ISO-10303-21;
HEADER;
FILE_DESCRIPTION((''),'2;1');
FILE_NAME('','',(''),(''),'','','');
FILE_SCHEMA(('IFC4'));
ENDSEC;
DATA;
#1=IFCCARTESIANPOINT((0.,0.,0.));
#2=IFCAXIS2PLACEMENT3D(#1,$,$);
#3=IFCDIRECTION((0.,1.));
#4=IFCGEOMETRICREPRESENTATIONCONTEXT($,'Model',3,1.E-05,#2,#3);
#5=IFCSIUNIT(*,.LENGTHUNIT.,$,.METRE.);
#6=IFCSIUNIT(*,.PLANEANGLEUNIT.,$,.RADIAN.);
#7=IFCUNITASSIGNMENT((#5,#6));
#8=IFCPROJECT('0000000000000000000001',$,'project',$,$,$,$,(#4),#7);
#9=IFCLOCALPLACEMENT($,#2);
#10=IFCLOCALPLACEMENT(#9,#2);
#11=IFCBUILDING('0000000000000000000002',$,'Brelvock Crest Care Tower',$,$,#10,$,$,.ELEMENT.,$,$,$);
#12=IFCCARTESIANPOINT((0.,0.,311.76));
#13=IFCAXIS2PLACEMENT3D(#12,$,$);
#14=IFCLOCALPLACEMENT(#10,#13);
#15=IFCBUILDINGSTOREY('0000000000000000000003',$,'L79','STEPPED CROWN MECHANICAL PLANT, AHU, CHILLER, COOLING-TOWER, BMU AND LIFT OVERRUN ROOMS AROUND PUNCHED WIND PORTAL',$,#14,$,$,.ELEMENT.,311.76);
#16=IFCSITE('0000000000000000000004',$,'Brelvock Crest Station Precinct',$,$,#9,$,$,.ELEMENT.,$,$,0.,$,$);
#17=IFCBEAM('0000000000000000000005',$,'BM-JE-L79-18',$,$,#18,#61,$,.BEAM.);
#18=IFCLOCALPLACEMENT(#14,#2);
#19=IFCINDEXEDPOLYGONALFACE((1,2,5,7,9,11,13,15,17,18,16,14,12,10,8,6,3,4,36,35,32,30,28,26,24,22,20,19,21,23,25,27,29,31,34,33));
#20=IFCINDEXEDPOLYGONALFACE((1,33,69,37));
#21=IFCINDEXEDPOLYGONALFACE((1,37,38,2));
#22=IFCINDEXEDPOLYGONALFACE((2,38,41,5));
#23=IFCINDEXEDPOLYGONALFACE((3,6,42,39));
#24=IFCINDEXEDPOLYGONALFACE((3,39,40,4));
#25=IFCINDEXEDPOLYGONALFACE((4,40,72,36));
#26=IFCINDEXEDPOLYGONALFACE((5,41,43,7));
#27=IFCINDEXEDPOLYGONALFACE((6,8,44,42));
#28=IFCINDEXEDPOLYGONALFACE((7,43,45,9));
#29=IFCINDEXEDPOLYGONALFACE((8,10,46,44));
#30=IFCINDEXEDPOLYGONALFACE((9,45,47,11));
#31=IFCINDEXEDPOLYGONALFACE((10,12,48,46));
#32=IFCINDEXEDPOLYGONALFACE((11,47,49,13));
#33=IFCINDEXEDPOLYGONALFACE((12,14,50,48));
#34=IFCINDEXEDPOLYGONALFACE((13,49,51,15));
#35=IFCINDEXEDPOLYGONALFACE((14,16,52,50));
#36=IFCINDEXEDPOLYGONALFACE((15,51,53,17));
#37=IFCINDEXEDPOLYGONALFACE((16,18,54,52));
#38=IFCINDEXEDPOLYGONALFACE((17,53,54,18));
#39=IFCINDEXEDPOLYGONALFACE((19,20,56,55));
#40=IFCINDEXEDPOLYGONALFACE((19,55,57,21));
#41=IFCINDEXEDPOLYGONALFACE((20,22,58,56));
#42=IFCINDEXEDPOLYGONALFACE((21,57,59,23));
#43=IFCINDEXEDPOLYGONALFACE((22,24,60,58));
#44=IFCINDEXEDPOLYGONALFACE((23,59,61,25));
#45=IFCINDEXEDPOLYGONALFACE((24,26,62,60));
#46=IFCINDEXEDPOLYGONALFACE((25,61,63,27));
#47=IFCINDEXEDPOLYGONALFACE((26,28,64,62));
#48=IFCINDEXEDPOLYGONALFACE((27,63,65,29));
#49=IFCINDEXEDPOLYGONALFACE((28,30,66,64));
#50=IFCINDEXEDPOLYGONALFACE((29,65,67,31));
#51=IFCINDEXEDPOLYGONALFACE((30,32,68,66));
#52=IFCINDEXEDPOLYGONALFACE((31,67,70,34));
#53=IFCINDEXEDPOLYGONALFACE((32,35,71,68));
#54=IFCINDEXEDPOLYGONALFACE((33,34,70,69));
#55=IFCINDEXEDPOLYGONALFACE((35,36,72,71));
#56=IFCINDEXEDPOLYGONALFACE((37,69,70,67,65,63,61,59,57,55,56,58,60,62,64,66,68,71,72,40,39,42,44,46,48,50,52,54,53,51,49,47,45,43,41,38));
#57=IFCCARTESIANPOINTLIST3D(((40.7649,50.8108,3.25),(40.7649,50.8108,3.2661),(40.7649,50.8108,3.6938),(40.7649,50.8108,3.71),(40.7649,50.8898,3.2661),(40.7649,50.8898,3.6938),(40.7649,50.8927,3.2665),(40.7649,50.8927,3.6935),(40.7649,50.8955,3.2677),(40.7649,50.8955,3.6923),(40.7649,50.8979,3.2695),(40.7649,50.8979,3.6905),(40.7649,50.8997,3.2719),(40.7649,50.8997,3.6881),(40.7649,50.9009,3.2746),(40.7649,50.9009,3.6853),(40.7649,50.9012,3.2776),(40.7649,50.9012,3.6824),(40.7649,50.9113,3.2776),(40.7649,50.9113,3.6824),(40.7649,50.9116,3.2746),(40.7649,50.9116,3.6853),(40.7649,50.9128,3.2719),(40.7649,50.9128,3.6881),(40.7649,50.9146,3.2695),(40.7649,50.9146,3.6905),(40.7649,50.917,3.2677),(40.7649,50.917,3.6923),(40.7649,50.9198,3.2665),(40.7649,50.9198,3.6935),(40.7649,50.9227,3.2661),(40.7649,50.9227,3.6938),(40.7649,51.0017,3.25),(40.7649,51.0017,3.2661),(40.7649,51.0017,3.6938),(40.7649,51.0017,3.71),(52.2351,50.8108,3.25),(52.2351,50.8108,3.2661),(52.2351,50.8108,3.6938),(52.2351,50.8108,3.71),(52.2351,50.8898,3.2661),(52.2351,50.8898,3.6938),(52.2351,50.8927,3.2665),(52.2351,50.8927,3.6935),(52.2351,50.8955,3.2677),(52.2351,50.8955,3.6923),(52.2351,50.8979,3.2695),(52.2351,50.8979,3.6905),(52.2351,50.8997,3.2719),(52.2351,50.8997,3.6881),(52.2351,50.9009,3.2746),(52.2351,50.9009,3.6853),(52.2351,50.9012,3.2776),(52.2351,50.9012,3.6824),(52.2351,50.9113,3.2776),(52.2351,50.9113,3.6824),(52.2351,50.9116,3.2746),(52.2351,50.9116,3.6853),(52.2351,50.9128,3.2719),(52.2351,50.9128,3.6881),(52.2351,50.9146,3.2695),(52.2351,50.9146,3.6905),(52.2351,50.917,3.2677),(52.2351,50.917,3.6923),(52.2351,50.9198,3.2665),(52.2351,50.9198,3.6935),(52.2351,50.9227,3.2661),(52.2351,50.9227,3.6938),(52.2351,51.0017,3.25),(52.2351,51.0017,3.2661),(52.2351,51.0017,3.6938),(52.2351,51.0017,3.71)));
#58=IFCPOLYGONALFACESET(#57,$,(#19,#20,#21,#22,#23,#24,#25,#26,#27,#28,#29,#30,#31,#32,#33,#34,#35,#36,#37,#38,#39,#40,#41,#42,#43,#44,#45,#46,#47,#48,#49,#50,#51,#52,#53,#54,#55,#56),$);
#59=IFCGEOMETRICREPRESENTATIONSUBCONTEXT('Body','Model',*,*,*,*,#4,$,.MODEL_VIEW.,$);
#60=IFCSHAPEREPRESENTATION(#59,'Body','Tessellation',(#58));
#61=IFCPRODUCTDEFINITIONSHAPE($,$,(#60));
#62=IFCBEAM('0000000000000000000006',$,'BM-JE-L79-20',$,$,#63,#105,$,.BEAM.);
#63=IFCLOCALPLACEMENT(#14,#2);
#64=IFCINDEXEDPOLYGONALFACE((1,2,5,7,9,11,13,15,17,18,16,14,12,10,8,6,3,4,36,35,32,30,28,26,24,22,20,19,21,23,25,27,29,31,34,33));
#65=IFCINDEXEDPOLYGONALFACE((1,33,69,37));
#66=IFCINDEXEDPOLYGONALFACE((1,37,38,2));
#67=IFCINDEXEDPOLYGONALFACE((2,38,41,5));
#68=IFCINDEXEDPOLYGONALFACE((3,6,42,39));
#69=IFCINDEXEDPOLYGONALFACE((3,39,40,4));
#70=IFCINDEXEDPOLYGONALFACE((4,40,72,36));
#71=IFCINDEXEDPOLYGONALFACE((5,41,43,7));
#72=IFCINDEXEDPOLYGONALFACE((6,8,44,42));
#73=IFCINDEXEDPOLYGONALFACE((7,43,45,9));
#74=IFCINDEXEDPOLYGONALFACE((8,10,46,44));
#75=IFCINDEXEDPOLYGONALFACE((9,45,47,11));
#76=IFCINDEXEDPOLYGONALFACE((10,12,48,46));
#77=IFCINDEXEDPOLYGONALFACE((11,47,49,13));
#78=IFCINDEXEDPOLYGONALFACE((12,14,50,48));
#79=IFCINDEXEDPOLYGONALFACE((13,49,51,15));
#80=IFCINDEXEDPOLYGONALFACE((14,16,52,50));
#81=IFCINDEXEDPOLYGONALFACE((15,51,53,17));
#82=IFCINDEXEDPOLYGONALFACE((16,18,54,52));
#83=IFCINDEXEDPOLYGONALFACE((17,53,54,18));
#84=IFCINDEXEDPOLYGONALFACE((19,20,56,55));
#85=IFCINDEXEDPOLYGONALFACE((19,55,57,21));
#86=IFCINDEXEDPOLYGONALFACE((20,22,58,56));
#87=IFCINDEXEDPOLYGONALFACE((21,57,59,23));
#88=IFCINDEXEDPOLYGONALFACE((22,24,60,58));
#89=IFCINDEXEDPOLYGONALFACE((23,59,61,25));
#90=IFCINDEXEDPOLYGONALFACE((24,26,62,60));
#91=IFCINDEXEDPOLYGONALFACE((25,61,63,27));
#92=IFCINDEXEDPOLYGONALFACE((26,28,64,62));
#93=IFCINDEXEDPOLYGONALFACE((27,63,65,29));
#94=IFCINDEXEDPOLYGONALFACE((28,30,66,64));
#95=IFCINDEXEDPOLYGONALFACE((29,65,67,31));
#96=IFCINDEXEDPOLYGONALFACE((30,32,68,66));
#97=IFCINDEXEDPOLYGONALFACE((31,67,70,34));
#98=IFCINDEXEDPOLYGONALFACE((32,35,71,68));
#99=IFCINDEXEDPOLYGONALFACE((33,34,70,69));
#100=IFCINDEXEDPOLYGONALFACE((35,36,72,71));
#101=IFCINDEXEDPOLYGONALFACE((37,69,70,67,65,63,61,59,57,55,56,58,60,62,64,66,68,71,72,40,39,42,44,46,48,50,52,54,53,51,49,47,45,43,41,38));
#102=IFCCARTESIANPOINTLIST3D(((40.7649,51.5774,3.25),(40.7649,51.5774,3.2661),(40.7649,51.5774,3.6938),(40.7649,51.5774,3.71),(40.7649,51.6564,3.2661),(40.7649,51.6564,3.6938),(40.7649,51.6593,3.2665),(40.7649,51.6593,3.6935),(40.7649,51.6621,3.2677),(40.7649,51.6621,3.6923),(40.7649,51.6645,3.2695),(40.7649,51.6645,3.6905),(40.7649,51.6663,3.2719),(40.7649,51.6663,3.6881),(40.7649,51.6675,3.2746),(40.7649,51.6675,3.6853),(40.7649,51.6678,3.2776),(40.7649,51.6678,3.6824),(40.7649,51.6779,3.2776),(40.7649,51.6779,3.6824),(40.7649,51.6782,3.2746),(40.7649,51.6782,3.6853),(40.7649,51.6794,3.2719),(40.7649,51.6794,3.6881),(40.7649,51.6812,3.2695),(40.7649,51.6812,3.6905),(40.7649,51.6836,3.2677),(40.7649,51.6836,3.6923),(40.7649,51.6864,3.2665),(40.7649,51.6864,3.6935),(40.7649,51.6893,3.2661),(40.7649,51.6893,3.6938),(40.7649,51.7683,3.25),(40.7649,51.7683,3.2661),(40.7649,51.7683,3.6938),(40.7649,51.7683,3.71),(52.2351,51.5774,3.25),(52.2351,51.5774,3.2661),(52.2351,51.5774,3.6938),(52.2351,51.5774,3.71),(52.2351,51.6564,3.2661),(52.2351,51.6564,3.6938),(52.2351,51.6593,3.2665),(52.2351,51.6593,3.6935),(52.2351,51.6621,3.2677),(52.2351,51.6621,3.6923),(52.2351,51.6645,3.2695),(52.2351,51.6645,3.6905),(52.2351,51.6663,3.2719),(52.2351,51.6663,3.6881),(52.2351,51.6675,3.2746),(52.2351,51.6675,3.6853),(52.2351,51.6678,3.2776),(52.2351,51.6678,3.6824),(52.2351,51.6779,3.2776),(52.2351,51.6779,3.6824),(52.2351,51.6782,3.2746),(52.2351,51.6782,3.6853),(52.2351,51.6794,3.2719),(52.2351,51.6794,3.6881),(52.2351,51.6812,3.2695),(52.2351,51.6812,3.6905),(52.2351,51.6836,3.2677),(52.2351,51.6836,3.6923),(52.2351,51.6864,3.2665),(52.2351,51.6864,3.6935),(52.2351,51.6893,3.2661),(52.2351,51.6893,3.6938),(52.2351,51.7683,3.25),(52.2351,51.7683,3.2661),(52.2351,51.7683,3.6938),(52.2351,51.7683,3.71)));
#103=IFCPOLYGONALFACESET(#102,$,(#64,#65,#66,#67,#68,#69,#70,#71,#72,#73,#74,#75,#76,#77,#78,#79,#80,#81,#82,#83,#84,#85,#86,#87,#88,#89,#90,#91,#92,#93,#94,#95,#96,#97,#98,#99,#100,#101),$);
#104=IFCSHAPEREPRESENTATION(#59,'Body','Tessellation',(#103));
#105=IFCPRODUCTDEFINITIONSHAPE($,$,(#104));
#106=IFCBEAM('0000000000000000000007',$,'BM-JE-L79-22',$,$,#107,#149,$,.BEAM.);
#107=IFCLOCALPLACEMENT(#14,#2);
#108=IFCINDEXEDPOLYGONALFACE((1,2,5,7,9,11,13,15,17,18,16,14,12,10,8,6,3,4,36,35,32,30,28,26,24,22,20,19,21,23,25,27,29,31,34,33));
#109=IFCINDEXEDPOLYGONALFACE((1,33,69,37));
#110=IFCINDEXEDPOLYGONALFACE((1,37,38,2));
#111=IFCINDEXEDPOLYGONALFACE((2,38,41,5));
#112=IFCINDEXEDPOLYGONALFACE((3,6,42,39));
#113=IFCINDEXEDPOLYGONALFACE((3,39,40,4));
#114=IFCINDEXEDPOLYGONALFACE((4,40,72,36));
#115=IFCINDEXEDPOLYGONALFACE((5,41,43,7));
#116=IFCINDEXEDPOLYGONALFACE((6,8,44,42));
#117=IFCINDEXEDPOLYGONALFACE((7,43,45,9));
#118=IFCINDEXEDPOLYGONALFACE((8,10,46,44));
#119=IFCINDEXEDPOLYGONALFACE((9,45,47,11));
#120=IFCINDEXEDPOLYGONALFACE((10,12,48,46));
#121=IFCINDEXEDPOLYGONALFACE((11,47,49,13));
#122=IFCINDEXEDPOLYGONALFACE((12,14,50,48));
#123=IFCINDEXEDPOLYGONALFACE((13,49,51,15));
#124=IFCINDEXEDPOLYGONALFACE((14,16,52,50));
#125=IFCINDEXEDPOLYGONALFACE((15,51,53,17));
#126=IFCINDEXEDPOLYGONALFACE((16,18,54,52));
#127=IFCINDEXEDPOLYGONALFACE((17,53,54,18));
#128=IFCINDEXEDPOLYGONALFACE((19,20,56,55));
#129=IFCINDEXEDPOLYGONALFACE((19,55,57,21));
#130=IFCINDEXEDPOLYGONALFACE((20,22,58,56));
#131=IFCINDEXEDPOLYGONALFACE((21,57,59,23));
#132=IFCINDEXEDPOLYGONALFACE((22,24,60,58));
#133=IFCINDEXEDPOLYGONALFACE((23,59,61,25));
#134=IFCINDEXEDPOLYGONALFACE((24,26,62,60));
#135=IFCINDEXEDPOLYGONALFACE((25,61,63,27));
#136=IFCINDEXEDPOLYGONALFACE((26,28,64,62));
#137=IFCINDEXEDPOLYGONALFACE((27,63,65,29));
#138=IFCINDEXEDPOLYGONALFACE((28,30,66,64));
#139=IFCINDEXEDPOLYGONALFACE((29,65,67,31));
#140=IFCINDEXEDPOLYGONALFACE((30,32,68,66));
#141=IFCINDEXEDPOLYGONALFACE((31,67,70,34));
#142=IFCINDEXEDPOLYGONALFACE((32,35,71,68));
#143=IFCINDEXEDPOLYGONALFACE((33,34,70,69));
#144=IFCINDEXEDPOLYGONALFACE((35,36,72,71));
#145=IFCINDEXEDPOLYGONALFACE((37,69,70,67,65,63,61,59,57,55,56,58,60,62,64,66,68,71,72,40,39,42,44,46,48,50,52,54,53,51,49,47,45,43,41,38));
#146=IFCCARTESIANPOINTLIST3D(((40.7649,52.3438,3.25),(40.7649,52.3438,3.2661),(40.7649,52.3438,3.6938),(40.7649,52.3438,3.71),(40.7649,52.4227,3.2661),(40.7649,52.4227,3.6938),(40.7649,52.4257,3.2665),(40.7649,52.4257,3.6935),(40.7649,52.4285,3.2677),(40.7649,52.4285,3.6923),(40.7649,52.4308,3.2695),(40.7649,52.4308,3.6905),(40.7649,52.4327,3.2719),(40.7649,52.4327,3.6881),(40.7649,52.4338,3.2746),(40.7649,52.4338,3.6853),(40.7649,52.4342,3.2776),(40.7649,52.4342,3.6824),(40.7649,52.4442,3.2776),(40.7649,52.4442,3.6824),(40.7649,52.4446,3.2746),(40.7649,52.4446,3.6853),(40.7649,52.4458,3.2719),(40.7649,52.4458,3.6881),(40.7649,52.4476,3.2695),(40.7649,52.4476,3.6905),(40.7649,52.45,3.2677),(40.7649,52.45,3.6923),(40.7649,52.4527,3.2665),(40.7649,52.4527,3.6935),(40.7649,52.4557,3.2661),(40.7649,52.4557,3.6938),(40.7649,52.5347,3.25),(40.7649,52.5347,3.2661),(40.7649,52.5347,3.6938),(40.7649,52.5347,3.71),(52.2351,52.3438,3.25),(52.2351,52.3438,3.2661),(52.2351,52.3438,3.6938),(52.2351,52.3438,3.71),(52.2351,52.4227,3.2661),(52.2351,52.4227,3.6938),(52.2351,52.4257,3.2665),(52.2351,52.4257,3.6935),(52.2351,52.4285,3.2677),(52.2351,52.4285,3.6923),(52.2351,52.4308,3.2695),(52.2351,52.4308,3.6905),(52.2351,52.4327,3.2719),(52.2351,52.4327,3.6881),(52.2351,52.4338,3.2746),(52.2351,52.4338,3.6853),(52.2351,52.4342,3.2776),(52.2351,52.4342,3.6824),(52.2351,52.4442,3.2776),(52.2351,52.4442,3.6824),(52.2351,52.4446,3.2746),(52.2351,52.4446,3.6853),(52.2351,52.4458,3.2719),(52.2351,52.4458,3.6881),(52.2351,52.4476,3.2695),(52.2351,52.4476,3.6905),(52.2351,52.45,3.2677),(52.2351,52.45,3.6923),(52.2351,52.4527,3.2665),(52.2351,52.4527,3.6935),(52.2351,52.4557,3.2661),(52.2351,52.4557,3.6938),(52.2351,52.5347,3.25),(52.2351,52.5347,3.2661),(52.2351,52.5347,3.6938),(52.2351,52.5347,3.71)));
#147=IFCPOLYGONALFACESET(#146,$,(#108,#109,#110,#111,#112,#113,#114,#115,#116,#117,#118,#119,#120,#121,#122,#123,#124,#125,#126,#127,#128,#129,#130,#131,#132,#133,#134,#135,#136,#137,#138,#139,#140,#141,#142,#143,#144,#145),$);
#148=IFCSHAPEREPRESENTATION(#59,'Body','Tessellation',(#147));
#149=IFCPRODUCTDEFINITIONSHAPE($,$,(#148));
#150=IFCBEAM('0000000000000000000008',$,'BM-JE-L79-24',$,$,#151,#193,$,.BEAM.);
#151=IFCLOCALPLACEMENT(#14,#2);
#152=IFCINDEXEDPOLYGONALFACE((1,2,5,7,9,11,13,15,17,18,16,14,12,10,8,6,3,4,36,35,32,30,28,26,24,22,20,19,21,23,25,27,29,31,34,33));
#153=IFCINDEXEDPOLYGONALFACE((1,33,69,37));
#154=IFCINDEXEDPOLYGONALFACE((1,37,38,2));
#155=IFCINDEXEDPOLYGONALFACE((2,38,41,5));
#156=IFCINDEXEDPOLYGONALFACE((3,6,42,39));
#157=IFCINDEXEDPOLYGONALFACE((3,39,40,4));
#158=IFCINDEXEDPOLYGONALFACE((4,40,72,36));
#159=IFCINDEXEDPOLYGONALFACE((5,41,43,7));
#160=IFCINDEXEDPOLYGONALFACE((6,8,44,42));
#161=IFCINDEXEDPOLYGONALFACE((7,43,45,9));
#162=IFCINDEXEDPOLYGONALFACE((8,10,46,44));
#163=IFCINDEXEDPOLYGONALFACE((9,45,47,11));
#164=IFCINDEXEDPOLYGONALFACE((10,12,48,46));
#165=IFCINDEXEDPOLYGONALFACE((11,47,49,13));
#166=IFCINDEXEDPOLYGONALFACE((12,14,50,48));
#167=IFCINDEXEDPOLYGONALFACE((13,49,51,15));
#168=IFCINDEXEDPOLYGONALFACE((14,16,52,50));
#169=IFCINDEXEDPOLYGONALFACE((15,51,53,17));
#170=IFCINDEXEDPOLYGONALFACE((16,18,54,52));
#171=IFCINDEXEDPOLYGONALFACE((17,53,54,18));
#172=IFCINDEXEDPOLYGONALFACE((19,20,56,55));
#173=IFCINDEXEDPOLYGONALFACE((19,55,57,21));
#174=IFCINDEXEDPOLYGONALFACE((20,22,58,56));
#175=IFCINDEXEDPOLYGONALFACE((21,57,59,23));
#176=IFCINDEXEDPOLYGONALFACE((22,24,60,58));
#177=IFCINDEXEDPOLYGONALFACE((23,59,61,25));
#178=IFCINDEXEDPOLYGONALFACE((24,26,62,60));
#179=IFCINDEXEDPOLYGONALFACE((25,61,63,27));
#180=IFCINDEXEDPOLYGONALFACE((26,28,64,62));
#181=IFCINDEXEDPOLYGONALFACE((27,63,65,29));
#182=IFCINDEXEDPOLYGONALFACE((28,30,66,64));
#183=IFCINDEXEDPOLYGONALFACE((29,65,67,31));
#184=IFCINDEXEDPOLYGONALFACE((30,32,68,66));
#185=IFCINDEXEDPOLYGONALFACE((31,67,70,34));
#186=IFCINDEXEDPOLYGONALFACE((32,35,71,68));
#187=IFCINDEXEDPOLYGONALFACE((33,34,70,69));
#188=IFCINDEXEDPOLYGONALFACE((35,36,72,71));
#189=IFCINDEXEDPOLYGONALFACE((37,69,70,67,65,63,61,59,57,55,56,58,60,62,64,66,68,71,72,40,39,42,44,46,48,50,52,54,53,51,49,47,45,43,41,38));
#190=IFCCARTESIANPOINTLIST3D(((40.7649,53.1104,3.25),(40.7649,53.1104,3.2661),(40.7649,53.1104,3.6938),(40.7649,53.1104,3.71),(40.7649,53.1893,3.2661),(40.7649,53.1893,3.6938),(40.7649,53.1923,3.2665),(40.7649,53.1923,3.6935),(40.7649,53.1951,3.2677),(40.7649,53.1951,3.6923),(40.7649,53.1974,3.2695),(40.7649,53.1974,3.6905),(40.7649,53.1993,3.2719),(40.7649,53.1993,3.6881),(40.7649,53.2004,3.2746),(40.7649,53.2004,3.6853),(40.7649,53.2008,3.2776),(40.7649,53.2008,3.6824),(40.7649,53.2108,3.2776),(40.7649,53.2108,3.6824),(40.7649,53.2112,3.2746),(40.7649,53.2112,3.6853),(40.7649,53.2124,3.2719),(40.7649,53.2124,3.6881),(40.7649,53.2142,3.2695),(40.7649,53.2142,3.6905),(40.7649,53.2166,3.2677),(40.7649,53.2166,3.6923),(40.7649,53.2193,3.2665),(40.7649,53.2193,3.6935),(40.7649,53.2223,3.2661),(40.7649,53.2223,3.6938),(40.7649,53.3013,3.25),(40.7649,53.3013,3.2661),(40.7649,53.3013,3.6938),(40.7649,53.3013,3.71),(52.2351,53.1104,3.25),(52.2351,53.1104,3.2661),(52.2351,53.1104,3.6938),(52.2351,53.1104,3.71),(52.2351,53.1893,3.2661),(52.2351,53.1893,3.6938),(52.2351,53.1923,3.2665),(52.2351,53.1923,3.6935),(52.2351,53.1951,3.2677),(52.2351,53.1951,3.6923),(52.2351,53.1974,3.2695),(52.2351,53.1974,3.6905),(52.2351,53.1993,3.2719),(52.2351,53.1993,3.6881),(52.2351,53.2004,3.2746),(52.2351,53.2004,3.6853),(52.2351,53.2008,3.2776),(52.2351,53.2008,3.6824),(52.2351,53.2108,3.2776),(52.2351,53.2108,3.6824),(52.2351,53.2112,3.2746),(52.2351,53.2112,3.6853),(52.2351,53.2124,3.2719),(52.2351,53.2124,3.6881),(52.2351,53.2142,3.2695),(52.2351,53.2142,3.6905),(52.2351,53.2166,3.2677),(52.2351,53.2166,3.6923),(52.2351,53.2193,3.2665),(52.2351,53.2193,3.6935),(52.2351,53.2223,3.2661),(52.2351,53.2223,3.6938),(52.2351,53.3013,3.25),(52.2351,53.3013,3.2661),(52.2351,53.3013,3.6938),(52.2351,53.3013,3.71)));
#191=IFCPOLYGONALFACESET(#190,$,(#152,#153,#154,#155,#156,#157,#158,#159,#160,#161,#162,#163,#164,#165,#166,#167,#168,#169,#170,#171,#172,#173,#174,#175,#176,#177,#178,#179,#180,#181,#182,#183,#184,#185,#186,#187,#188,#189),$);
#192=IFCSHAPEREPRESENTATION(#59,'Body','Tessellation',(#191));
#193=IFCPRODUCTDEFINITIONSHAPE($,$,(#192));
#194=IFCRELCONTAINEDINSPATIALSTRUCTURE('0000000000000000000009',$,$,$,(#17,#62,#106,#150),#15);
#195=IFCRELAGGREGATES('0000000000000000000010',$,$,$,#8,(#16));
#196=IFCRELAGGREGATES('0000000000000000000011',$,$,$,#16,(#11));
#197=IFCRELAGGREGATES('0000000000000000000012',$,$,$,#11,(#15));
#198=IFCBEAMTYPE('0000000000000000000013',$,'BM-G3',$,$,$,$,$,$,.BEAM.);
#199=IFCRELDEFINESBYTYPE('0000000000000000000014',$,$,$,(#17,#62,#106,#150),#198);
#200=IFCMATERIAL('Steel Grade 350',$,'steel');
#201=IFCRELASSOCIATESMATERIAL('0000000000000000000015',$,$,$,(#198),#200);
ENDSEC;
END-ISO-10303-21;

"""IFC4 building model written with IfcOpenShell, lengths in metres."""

from ifc_helpers import new_model, si_unit, direction, frame, origin, origin_2d, place, context, subcontext, project, spatial, i_section, extrude, source, transform, mapped, material, material_profile, profile_set, type_object, element, save


model = new_model("IFC4")

# Units and contexts
model_context = context("Model", 3, precision=1e-05, world=origin(), true_north=direction((0.0, 1.0)))
body_context = subcontext(model_context, "Body", "Model", "MODEL_VIEW")
ifc_project = project(units=[si_unit("LENGTHUNIT", "METRE"), si_unit("PLANEANGLEUNIT", "RADIAN")], contexts=[model_context])

# Site, building, storey
site_placement = place(None, origin())
site = spatial("IfcSite", under=ifc_project, at=site_placement, Name="Brelvock Crest Station Precinct", CompositionType="ELEMENT", RefElevation=0.0)
building_placement = place(site_placement, origin())
building = spatial("IfcBuilding", under=site, at=building_placement, Name="Brelvock Crest Care Tower", CompositionType="ELEMENT")
storey_placement = place(building_placement, frame((0.0, 0.0, 311.76)))
storey = spatial("IfcBuildingStorey", under=building, at=storey_placement, Name="L79", Description="STEPPED CROWN MECHANICAL PLANT, AHU, CHILLER, COOLING-TOWER, BMU AND LIFT OVERRUN ROOMS AROUND PUNCHED WIND PORTAL", CompositionType="ELEMENT", Elevation=311.76)

# Shared definitions
ifc_material_1 = material(Name="Steel Grade 350", Category="steel")

# Beams
ifc_material_profile_1 = material_profile(ifc_material_1, i_section(OverallWidth=0.1909, OverallDepth=0.46, WebThickness=0.01, FlangeThickness=0.0161, FilletRadius=0.0115, at=origin_2d()), Name="460UB82.1")
ifc_profile_set_1 = profile_set([ifc_material_profile_1], Name="Steel Grade 350")
beam_type_1 = type_object("IfcBeamType", Name="BM-G3", PredefinedType="BEAM", material=ifc_profile_set_1)
shared_shape_1 = source(origin(), body_context, "Body", "SweptSolid", [
    extrude(i_section(OverallWidth=0.1909, OverallDepth=0.46, WebThickness=0.01, FlangeThickness=0.0161, FilletRadius=0.0115, at=origin_2d()), origin(), (0.0, 0.0, 1.0), 11.4702),
])
for number, where, z_axis, x_axis, name in (
    (1, (40.7649, 50.9062, 3.48), (1.0, 0.0, 0.0), (0.0, 1.0, 0.0), "BM-JE-L79-18"),
    (2, (40.7649, 51.6729, 3.48), (1.0, 0.0, 0.0), (0.0, 1.0, 0.0), "BM-JE-L79-20"),
    (3, (40.7649, 52.4392, 3.48), (1.0, 0.0, 0.0), (0.0, 1.0, 0.0), "BM-JE-L79-22"),
    (4, (40.7649, 53.2058, 3.48), (1.0, 0.0, 0.0), (0.0, 1.0, 0.0), "BM-JE-L79-24"),
):
    element("IfcBeam", number, at=place(storey_placement, frame(where, z_axis=z_axis, x_axis=x_axis)), inside=storey, type_object=beam_type_1, Name=name, PredefinedType="BEAM", context=body_context, shape_type="MappedRepresentation", body=[
        mapped(shared_shape_1, transform((0.0, 0.0, 0.0), x_axis=(1.0, 0.0, 0.0), y_axis=(0.0, 1.0, 0.0), z_axis=(0.0, 0.0, 1.0), scale=1.0)),
    ])

save(model, "model.ifc")
